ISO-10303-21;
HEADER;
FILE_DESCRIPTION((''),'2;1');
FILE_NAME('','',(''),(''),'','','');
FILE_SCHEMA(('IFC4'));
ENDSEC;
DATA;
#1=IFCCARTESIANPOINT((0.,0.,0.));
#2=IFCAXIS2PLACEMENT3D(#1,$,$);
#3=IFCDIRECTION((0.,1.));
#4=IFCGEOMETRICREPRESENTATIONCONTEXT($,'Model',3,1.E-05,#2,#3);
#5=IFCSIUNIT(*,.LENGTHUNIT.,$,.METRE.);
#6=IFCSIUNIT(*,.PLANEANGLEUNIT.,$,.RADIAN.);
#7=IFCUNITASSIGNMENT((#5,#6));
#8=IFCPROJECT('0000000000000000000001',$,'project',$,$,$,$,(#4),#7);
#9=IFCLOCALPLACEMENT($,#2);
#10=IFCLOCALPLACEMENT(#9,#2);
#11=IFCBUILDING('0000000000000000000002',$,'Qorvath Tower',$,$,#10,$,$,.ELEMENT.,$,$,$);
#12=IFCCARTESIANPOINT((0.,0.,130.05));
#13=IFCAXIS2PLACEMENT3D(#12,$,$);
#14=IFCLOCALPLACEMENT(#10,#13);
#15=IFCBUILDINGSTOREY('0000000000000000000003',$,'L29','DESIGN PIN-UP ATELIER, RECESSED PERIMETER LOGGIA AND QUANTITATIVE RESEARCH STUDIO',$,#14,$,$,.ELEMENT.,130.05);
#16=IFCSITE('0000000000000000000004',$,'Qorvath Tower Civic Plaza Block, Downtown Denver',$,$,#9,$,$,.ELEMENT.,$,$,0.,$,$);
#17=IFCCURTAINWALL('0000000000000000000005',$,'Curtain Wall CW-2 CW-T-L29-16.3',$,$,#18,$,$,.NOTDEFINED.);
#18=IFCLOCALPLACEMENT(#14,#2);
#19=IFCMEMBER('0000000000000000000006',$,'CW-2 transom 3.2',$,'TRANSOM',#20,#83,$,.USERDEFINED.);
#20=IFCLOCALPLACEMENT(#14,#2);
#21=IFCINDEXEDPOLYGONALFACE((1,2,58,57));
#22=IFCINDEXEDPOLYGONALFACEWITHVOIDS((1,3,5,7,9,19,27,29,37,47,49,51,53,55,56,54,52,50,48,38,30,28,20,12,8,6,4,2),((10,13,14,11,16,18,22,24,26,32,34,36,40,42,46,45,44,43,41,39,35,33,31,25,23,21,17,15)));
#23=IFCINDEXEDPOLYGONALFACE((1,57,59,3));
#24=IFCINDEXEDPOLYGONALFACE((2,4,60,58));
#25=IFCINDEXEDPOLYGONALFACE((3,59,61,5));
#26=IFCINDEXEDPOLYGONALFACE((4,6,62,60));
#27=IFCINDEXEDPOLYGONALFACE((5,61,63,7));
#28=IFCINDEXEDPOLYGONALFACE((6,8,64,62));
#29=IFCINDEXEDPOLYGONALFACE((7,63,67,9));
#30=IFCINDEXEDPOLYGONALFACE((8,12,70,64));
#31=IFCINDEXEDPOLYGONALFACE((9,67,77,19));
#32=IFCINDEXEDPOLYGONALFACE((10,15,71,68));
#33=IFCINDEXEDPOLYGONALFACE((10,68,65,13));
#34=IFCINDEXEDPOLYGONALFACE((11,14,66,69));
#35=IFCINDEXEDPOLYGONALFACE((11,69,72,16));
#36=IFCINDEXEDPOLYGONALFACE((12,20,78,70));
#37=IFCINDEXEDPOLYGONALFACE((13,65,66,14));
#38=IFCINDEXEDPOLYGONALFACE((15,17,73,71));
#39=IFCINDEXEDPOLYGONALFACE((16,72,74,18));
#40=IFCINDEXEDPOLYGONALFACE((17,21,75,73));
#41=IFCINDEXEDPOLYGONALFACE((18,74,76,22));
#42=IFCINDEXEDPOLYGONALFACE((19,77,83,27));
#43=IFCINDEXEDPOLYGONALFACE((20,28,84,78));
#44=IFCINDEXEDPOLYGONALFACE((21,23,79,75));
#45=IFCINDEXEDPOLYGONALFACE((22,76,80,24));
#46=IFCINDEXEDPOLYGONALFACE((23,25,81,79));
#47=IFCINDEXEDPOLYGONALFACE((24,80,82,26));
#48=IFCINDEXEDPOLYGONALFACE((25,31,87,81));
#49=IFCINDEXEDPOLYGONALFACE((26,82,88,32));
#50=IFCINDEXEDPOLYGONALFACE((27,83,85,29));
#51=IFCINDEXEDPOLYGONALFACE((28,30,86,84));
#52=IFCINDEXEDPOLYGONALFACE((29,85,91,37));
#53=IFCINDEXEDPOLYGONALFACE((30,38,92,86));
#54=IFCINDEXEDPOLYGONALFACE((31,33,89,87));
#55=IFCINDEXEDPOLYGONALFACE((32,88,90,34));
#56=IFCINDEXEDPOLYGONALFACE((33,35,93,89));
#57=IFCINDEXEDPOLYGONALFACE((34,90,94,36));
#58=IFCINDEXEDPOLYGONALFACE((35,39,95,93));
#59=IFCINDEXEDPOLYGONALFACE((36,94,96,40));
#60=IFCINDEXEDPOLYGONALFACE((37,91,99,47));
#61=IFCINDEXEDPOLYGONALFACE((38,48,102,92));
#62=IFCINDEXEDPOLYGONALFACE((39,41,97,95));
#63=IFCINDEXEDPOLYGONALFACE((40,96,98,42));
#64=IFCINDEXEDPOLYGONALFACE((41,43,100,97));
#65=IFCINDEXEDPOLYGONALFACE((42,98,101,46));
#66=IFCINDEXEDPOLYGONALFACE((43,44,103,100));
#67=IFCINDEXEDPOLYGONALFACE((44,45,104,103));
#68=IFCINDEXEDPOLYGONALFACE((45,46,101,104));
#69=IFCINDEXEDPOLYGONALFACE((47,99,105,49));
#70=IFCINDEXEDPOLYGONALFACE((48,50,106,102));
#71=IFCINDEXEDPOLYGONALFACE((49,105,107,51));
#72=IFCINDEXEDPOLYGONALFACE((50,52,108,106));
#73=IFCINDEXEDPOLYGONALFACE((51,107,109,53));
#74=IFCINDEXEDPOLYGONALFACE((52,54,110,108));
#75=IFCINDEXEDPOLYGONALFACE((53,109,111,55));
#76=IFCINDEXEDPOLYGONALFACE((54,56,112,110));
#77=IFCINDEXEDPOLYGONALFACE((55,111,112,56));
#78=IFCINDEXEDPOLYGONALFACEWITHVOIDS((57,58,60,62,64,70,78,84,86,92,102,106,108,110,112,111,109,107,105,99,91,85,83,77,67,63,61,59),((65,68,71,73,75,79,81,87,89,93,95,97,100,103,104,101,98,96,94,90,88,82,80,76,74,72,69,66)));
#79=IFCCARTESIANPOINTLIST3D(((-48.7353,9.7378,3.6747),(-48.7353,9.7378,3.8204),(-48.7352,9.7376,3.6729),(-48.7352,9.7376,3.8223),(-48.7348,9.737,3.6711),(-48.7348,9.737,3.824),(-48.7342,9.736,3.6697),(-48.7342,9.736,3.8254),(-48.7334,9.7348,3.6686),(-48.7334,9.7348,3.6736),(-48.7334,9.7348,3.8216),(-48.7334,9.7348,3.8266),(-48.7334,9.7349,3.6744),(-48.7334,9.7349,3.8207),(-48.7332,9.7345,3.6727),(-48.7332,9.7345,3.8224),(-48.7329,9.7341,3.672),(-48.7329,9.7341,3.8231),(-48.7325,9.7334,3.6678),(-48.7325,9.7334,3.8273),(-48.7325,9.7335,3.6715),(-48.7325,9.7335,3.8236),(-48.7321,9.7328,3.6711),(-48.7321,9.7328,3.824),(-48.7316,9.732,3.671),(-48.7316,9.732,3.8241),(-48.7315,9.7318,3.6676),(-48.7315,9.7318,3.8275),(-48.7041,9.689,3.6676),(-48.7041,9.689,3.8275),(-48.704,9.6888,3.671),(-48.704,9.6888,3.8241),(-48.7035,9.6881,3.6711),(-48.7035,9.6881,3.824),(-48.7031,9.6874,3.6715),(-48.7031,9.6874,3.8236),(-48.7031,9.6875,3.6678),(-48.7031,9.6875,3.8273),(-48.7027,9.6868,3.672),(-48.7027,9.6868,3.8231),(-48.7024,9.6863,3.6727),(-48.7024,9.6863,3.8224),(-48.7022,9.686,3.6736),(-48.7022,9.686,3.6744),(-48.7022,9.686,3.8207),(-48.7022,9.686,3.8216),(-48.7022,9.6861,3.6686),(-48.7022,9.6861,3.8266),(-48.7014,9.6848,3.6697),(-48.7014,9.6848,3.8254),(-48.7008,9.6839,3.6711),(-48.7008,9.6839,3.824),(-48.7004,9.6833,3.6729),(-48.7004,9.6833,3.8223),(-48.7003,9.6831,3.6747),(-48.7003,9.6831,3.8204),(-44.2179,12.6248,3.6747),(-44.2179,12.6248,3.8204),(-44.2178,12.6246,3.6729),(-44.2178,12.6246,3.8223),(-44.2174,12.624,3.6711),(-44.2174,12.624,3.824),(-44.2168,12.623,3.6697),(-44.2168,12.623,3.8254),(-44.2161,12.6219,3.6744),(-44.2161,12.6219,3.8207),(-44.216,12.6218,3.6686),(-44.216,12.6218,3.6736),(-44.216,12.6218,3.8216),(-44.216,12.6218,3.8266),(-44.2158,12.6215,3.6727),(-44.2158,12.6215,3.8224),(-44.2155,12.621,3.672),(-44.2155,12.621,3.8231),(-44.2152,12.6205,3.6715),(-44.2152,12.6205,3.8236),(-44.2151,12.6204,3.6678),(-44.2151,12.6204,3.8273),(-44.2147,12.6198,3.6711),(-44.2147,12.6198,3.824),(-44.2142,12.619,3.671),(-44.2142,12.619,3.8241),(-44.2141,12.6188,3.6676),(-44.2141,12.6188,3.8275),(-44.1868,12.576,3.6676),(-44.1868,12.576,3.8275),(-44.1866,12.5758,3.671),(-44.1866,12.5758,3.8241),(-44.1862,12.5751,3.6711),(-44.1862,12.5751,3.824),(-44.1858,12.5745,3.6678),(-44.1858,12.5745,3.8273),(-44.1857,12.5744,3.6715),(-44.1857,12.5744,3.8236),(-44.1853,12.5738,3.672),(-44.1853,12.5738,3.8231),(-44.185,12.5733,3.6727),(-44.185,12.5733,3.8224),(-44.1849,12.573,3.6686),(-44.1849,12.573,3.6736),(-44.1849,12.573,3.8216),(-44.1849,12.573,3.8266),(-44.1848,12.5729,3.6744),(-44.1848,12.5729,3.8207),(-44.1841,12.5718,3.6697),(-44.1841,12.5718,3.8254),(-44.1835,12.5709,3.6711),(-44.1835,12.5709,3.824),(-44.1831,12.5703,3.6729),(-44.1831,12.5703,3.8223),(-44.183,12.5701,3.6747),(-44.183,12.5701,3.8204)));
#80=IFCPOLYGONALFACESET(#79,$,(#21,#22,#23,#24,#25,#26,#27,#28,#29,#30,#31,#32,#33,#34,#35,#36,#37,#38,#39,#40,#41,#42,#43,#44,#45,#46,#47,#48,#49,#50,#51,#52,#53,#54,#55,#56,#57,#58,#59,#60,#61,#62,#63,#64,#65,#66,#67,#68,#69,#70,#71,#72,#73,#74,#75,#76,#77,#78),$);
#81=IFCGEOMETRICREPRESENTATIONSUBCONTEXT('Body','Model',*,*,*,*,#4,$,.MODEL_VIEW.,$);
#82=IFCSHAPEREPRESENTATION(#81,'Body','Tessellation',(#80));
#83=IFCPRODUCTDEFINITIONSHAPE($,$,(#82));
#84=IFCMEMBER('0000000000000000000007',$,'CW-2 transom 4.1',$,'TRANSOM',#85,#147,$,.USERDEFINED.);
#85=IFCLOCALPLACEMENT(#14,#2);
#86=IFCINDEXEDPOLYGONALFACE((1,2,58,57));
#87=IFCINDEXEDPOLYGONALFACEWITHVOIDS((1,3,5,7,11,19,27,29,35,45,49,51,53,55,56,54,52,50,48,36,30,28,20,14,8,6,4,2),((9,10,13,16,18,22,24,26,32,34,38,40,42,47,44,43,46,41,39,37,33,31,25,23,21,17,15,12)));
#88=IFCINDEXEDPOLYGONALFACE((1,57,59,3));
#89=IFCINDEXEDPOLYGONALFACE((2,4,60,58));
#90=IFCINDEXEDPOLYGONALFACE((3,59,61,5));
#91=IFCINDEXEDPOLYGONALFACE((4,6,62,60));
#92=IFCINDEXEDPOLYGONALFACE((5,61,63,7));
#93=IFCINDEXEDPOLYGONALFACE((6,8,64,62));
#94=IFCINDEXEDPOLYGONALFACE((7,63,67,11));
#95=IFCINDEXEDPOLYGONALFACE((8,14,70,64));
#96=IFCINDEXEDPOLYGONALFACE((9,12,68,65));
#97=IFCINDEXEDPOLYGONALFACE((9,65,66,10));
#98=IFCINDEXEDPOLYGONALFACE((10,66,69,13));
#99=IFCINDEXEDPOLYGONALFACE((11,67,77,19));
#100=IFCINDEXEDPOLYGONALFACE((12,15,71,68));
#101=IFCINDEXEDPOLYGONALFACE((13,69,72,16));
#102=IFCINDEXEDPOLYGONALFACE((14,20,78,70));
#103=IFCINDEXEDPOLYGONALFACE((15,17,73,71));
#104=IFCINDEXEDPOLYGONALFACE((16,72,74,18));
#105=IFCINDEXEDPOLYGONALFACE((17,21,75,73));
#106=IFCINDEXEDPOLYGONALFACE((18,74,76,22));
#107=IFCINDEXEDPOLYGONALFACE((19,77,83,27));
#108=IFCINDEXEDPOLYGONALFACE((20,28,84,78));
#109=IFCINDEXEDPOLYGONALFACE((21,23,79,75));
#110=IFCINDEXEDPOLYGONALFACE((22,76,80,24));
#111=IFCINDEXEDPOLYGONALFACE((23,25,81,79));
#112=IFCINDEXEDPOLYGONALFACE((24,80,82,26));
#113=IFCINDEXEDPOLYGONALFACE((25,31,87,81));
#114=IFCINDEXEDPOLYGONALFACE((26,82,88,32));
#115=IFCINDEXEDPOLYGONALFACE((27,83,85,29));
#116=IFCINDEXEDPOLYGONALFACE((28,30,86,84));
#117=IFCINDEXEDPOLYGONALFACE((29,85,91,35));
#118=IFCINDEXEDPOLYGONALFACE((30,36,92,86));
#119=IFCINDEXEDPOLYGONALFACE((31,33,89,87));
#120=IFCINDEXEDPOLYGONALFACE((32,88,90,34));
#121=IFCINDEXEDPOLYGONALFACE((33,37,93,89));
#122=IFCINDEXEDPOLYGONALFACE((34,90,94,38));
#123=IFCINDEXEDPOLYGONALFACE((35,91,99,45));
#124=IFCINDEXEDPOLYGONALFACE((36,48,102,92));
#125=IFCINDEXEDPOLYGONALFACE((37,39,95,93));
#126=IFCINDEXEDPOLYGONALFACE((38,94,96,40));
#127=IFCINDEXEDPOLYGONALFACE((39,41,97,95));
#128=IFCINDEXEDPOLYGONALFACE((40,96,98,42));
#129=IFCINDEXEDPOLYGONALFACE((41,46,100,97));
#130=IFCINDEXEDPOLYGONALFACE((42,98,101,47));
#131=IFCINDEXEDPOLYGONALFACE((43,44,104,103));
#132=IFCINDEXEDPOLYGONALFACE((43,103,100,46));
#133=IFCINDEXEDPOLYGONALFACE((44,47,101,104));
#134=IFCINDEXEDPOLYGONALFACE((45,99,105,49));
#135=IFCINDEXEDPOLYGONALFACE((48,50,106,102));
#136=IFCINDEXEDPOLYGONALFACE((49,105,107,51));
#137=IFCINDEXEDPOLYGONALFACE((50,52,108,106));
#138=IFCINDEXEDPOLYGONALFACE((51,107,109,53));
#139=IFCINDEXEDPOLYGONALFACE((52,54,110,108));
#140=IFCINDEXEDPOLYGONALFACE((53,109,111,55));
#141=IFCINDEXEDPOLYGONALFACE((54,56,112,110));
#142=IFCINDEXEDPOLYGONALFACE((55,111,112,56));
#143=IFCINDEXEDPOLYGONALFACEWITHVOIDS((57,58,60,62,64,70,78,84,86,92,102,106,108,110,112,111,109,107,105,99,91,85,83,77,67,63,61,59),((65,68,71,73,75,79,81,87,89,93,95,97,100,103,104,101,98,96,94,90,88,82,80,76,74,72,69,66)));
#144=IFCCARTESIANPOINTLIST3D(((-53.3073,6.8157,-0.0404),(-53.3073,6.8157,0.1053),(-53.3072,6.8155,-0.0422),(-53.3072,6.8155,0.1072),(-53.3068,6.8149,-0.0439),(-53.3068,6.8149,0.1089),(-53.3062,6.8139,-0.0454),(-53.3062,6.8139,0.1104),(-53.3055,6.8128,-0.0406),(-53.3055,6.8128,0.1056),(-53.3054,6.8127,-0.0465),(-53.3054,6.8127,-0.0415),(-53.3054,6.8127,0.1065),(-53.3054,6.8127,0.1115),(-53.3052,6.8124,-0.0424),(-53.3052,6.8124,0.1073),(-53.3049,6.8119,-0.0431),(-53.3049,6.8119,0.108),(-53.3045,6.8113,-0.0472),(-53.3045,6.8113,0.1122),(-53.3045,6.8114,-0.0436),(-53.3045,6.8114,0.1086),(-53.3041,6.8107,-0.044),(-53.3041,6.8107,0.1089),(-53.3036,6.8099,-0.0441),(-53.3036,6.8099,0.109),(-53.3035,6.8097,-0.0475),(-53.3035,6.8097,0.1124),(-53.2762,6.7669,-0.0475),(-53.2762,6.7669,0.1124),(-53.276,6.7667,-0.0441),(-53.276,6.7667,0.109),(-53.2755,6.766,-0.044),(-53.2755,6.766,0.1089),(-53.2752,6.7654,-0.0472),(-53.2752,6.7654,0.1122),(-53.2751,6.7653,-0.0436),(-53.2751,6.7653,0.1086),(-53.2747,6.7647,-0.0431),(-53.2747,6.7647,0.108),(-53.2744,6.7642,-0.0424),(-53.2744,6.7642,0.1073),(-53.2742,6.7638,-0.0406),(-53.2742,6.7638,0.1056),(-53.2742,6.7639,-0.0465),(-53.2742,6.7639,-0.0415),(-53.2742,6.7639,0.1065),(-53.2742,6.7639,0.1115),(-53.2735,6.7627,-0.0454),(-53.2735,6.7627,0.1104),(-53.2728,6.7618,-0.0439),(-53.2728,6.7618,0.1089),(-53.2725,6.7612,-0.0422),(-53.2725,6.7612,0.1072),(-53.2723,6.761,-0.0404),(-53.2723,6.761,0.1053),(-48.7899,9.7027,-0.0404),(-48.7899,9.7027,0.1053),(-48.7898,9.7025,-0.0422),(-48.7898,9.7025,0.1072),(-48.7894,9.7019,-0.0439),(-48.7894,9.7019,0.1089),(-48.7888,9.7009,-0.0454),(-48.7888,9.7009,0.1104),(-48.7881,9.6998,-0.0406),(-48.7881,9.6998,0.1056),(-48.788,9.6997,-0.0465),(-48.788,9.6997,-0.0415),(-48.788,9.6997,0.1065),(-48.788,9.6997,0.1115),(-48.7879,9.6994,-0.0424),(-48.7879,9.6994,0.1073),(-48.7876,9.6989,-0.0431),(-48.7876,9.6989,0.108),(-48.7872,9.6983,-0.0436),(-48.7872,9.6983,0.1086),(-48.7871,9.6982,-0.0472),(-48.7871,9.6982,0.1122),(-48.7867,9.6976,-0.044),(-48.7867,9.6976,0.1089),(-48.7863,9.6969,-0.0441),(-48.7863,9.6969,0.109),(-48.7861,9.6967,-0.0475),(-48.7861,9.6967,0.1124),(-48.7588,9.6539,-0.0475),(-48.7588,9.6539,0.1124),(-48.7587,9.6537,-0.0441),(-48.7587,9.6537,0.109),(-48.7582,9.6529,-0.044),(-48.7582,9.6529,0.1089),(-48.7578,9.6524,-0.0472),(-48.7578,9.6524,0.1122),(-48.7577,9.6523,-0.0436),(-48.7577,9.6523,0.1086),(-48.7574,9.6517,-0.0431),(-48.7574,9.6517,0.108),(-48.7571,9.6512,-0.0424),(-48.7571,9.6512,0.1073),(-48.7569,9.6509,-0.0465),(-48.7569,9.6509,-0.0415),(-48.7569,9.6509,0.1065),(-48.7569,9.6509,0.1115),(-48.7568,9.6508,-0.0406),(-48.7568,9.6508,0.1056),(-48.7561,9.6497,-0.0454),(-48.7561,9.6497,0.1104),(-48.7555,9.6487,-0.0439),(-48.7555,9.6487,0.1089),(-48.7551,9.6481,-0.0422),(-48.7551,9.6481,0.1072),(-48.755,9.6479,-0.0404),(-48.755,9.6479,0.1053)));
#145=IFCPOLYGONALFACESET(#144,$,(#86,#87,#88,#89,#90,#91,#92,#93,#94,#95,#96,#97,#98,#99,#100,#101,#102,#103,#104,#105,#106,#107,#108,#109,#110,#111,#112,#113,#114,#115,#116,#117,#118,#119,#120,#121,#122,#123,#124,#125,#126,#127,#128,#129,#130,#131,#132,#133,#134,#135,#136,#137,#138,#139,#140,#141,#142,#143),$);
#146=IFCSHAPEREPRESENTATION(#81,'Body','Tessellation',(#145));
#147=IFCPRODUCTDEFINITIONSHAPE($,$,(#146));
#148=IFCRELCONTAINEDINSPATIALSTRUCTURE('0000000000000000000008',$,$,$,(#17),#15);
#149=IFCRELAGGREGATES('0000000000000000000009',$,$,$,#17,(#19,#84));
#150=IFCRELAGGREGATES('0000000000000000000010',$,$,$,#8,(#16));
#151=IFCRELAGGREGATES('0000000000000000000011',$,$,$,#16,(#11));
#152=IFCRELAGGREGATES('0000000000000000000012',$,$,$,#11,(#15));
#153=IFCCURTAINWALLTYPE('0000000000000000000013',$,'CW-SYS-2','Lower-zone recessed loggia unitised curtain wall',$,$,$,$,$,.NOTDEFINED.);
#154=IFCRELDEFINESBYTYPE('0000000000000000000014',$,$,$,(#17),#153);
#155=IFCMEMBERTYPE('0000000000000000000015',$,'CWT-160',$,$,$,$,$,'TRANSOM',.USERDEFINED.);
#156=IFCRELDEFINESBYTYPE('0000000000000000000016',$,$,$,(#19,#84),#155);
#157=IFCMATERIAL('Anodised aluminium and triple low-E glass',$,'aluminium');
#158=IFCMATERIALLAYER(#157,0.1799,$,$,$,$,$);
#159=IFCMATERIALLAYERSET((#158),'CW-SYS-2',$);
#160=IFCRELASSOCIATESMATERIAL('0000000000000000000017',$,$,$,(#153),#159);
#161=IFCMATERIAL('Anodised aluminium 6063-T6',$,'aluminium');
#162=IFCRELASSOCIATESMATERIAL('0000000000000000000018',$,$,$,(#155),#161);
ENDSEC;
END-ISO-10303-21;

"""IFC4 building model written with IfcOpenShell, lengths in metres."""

from ifc_helpers import new_model, si_unit, direction, frame, origin, origin_2d, place, context, subcontext, project, spatial, hollow_rectangle, extrude, material, layer, layer_set, material_profile, profile_set, type_object, element, aggregate, save


model = new_model("IFC4")

# Units and contexts
model_context = context("Model", 3, precision=1e-05, world=origin(), true_north=direction((0.0, 1.0)))
body_context = subcontext(model_context, "Body", "Model", "MODEL_VIEW")
ifc_project = project(units=[si_unit("LENGTHUNIT", "METRE"), si_unit("PLANEANGLEUNIT", "RADIAN")], contexts=[model_context])

# Site, building, storey
site_placement = place(None, origin())
site = spatial("IfcSite", under=ifc_project, at=site_placement, Name="Qorvath Tower Civic Plaza Block, Downtown Denver", CompositionType="ELEMENT", RefElevation=0.0)
building_placement = place(site_placement, origin())
building = spatial("IfcBuilding", under=site, at=building_placement, Name="Qorvath Tower", CompositionType="ELEMENT")
storey_placement = place(building_placement, frame((0.0, 0.0, 130.05)))
storey = spatial("IfcBuildingStorey", under=building, at=storey_placement, Name="L29", Description="DESIGN PIN-UP ATELIER, RECESSED PERIMETER LOGGIA AND QUANTITATIVE RESEARCH STUDIO", CompositionType="ELEMENT", Elevation=130.05)

# Curtain wall, members
ifc_material_1 = material(Name="Anodised aluminium and triple low-E glass", Category="aluminium")
ifc_layer_1 = layer(ifc_material_1, 0.1799)
ifc_layer_set_1 = layer_set([ifc_layer_1], Name="CW-SYS-2")
curtain_wall_type = type_object("IfcCurtainWallType", Name="CW-SYS-2", Description="Lower-zone recessed loggia unitised curtain wall", PredefinedType="NOTDEFINED", material=ifc_layer_set_1)
curtain_wall_placement = place(storey_placement, origin())
curtain_wall = element("IfcCurtainWall", 1, at=curtain_wall_placement, inside=storey, type_object=curtain_wall_type, Name="Curtain Wall CW-2 CW-T-L29-16.3", PredefinedType="NOTDEFINED")
ifc_material_2 = material(Name="Anodised aluminium 6063-T6", Category="aluminium")
ifc_material_profile_1 = material_profile(ifc_material_2, hollow_rectangle(XDim=0.0649, YDim=0.1599, WallThickness=0.0034, InnerFilletRadius=0.0034, OuterFilletRadius=0.0071, at=origin_2d()), Name="CWT 160x65")
ifc_profile_set_1 = profile_set([ifc_material_profile_1], Name="Anodised aluminium 6063-T6")
member_type_1 = type_object("IfcMemberType", Name="CWT-160", ElementType="TRANSOM", PredefinedType="USERDEFINED", material=ifc_profile_set_1)
member_1_placement = place(storey_placement, frame((-44.2004, 12.5974, 3.7476), z_axis=(-0.842621, -0.538507, 0.0), x_axis=(0.538507, -0.842621, 0.0)))
member_1 = element("IfcMember", 2, at=member_1_placement, type_object=member_type_1, Name="CW-2 transom 3.2", ObjectType="TRANSOM", PredefinedType="USERDEFINED", context=body_context, shape_type="SweptSolid", body=[
    extrude(hollow_rectangle(XDim=0.0649, YDim=0.1599, WallThickness=0.0034, InnerFilletRadius=0.0034, OuterFilletRadius=0.0071, at=origin_2d()), origin(), (0.0, 0.0, 1.0), 5.3611),
])
member_2_placement = place(storey_placement, frame((-48.7725, 9.6753, 0.0325), z_axis=(-0.842621, -0.538507, 0.0), x_axis=(0.538507, -0.842621, 0.0)))
member_2 = element("IfcMember", 3, at=member_2_placement, type_object=member_type_1, Name="CW-2 transom 4.1", ObjectType="TRANSOM", PredefinedType="USERDEFINED", context=body_context, shape_type="SweptSolid", body=[
    extrude(hollow_rectangle(XDim=0.0649, YDim=0.1599, WallThickness=0.0034, InnerFilletRadius=0.0034, OuterFilletRadius=0.0071, at=origin_2d()), origin(), (0.0, 0.0, 1.0), 5.3611),
])
aggregate(curtain_wall, [member_1, member_2])

save(model, "model.ifc")
